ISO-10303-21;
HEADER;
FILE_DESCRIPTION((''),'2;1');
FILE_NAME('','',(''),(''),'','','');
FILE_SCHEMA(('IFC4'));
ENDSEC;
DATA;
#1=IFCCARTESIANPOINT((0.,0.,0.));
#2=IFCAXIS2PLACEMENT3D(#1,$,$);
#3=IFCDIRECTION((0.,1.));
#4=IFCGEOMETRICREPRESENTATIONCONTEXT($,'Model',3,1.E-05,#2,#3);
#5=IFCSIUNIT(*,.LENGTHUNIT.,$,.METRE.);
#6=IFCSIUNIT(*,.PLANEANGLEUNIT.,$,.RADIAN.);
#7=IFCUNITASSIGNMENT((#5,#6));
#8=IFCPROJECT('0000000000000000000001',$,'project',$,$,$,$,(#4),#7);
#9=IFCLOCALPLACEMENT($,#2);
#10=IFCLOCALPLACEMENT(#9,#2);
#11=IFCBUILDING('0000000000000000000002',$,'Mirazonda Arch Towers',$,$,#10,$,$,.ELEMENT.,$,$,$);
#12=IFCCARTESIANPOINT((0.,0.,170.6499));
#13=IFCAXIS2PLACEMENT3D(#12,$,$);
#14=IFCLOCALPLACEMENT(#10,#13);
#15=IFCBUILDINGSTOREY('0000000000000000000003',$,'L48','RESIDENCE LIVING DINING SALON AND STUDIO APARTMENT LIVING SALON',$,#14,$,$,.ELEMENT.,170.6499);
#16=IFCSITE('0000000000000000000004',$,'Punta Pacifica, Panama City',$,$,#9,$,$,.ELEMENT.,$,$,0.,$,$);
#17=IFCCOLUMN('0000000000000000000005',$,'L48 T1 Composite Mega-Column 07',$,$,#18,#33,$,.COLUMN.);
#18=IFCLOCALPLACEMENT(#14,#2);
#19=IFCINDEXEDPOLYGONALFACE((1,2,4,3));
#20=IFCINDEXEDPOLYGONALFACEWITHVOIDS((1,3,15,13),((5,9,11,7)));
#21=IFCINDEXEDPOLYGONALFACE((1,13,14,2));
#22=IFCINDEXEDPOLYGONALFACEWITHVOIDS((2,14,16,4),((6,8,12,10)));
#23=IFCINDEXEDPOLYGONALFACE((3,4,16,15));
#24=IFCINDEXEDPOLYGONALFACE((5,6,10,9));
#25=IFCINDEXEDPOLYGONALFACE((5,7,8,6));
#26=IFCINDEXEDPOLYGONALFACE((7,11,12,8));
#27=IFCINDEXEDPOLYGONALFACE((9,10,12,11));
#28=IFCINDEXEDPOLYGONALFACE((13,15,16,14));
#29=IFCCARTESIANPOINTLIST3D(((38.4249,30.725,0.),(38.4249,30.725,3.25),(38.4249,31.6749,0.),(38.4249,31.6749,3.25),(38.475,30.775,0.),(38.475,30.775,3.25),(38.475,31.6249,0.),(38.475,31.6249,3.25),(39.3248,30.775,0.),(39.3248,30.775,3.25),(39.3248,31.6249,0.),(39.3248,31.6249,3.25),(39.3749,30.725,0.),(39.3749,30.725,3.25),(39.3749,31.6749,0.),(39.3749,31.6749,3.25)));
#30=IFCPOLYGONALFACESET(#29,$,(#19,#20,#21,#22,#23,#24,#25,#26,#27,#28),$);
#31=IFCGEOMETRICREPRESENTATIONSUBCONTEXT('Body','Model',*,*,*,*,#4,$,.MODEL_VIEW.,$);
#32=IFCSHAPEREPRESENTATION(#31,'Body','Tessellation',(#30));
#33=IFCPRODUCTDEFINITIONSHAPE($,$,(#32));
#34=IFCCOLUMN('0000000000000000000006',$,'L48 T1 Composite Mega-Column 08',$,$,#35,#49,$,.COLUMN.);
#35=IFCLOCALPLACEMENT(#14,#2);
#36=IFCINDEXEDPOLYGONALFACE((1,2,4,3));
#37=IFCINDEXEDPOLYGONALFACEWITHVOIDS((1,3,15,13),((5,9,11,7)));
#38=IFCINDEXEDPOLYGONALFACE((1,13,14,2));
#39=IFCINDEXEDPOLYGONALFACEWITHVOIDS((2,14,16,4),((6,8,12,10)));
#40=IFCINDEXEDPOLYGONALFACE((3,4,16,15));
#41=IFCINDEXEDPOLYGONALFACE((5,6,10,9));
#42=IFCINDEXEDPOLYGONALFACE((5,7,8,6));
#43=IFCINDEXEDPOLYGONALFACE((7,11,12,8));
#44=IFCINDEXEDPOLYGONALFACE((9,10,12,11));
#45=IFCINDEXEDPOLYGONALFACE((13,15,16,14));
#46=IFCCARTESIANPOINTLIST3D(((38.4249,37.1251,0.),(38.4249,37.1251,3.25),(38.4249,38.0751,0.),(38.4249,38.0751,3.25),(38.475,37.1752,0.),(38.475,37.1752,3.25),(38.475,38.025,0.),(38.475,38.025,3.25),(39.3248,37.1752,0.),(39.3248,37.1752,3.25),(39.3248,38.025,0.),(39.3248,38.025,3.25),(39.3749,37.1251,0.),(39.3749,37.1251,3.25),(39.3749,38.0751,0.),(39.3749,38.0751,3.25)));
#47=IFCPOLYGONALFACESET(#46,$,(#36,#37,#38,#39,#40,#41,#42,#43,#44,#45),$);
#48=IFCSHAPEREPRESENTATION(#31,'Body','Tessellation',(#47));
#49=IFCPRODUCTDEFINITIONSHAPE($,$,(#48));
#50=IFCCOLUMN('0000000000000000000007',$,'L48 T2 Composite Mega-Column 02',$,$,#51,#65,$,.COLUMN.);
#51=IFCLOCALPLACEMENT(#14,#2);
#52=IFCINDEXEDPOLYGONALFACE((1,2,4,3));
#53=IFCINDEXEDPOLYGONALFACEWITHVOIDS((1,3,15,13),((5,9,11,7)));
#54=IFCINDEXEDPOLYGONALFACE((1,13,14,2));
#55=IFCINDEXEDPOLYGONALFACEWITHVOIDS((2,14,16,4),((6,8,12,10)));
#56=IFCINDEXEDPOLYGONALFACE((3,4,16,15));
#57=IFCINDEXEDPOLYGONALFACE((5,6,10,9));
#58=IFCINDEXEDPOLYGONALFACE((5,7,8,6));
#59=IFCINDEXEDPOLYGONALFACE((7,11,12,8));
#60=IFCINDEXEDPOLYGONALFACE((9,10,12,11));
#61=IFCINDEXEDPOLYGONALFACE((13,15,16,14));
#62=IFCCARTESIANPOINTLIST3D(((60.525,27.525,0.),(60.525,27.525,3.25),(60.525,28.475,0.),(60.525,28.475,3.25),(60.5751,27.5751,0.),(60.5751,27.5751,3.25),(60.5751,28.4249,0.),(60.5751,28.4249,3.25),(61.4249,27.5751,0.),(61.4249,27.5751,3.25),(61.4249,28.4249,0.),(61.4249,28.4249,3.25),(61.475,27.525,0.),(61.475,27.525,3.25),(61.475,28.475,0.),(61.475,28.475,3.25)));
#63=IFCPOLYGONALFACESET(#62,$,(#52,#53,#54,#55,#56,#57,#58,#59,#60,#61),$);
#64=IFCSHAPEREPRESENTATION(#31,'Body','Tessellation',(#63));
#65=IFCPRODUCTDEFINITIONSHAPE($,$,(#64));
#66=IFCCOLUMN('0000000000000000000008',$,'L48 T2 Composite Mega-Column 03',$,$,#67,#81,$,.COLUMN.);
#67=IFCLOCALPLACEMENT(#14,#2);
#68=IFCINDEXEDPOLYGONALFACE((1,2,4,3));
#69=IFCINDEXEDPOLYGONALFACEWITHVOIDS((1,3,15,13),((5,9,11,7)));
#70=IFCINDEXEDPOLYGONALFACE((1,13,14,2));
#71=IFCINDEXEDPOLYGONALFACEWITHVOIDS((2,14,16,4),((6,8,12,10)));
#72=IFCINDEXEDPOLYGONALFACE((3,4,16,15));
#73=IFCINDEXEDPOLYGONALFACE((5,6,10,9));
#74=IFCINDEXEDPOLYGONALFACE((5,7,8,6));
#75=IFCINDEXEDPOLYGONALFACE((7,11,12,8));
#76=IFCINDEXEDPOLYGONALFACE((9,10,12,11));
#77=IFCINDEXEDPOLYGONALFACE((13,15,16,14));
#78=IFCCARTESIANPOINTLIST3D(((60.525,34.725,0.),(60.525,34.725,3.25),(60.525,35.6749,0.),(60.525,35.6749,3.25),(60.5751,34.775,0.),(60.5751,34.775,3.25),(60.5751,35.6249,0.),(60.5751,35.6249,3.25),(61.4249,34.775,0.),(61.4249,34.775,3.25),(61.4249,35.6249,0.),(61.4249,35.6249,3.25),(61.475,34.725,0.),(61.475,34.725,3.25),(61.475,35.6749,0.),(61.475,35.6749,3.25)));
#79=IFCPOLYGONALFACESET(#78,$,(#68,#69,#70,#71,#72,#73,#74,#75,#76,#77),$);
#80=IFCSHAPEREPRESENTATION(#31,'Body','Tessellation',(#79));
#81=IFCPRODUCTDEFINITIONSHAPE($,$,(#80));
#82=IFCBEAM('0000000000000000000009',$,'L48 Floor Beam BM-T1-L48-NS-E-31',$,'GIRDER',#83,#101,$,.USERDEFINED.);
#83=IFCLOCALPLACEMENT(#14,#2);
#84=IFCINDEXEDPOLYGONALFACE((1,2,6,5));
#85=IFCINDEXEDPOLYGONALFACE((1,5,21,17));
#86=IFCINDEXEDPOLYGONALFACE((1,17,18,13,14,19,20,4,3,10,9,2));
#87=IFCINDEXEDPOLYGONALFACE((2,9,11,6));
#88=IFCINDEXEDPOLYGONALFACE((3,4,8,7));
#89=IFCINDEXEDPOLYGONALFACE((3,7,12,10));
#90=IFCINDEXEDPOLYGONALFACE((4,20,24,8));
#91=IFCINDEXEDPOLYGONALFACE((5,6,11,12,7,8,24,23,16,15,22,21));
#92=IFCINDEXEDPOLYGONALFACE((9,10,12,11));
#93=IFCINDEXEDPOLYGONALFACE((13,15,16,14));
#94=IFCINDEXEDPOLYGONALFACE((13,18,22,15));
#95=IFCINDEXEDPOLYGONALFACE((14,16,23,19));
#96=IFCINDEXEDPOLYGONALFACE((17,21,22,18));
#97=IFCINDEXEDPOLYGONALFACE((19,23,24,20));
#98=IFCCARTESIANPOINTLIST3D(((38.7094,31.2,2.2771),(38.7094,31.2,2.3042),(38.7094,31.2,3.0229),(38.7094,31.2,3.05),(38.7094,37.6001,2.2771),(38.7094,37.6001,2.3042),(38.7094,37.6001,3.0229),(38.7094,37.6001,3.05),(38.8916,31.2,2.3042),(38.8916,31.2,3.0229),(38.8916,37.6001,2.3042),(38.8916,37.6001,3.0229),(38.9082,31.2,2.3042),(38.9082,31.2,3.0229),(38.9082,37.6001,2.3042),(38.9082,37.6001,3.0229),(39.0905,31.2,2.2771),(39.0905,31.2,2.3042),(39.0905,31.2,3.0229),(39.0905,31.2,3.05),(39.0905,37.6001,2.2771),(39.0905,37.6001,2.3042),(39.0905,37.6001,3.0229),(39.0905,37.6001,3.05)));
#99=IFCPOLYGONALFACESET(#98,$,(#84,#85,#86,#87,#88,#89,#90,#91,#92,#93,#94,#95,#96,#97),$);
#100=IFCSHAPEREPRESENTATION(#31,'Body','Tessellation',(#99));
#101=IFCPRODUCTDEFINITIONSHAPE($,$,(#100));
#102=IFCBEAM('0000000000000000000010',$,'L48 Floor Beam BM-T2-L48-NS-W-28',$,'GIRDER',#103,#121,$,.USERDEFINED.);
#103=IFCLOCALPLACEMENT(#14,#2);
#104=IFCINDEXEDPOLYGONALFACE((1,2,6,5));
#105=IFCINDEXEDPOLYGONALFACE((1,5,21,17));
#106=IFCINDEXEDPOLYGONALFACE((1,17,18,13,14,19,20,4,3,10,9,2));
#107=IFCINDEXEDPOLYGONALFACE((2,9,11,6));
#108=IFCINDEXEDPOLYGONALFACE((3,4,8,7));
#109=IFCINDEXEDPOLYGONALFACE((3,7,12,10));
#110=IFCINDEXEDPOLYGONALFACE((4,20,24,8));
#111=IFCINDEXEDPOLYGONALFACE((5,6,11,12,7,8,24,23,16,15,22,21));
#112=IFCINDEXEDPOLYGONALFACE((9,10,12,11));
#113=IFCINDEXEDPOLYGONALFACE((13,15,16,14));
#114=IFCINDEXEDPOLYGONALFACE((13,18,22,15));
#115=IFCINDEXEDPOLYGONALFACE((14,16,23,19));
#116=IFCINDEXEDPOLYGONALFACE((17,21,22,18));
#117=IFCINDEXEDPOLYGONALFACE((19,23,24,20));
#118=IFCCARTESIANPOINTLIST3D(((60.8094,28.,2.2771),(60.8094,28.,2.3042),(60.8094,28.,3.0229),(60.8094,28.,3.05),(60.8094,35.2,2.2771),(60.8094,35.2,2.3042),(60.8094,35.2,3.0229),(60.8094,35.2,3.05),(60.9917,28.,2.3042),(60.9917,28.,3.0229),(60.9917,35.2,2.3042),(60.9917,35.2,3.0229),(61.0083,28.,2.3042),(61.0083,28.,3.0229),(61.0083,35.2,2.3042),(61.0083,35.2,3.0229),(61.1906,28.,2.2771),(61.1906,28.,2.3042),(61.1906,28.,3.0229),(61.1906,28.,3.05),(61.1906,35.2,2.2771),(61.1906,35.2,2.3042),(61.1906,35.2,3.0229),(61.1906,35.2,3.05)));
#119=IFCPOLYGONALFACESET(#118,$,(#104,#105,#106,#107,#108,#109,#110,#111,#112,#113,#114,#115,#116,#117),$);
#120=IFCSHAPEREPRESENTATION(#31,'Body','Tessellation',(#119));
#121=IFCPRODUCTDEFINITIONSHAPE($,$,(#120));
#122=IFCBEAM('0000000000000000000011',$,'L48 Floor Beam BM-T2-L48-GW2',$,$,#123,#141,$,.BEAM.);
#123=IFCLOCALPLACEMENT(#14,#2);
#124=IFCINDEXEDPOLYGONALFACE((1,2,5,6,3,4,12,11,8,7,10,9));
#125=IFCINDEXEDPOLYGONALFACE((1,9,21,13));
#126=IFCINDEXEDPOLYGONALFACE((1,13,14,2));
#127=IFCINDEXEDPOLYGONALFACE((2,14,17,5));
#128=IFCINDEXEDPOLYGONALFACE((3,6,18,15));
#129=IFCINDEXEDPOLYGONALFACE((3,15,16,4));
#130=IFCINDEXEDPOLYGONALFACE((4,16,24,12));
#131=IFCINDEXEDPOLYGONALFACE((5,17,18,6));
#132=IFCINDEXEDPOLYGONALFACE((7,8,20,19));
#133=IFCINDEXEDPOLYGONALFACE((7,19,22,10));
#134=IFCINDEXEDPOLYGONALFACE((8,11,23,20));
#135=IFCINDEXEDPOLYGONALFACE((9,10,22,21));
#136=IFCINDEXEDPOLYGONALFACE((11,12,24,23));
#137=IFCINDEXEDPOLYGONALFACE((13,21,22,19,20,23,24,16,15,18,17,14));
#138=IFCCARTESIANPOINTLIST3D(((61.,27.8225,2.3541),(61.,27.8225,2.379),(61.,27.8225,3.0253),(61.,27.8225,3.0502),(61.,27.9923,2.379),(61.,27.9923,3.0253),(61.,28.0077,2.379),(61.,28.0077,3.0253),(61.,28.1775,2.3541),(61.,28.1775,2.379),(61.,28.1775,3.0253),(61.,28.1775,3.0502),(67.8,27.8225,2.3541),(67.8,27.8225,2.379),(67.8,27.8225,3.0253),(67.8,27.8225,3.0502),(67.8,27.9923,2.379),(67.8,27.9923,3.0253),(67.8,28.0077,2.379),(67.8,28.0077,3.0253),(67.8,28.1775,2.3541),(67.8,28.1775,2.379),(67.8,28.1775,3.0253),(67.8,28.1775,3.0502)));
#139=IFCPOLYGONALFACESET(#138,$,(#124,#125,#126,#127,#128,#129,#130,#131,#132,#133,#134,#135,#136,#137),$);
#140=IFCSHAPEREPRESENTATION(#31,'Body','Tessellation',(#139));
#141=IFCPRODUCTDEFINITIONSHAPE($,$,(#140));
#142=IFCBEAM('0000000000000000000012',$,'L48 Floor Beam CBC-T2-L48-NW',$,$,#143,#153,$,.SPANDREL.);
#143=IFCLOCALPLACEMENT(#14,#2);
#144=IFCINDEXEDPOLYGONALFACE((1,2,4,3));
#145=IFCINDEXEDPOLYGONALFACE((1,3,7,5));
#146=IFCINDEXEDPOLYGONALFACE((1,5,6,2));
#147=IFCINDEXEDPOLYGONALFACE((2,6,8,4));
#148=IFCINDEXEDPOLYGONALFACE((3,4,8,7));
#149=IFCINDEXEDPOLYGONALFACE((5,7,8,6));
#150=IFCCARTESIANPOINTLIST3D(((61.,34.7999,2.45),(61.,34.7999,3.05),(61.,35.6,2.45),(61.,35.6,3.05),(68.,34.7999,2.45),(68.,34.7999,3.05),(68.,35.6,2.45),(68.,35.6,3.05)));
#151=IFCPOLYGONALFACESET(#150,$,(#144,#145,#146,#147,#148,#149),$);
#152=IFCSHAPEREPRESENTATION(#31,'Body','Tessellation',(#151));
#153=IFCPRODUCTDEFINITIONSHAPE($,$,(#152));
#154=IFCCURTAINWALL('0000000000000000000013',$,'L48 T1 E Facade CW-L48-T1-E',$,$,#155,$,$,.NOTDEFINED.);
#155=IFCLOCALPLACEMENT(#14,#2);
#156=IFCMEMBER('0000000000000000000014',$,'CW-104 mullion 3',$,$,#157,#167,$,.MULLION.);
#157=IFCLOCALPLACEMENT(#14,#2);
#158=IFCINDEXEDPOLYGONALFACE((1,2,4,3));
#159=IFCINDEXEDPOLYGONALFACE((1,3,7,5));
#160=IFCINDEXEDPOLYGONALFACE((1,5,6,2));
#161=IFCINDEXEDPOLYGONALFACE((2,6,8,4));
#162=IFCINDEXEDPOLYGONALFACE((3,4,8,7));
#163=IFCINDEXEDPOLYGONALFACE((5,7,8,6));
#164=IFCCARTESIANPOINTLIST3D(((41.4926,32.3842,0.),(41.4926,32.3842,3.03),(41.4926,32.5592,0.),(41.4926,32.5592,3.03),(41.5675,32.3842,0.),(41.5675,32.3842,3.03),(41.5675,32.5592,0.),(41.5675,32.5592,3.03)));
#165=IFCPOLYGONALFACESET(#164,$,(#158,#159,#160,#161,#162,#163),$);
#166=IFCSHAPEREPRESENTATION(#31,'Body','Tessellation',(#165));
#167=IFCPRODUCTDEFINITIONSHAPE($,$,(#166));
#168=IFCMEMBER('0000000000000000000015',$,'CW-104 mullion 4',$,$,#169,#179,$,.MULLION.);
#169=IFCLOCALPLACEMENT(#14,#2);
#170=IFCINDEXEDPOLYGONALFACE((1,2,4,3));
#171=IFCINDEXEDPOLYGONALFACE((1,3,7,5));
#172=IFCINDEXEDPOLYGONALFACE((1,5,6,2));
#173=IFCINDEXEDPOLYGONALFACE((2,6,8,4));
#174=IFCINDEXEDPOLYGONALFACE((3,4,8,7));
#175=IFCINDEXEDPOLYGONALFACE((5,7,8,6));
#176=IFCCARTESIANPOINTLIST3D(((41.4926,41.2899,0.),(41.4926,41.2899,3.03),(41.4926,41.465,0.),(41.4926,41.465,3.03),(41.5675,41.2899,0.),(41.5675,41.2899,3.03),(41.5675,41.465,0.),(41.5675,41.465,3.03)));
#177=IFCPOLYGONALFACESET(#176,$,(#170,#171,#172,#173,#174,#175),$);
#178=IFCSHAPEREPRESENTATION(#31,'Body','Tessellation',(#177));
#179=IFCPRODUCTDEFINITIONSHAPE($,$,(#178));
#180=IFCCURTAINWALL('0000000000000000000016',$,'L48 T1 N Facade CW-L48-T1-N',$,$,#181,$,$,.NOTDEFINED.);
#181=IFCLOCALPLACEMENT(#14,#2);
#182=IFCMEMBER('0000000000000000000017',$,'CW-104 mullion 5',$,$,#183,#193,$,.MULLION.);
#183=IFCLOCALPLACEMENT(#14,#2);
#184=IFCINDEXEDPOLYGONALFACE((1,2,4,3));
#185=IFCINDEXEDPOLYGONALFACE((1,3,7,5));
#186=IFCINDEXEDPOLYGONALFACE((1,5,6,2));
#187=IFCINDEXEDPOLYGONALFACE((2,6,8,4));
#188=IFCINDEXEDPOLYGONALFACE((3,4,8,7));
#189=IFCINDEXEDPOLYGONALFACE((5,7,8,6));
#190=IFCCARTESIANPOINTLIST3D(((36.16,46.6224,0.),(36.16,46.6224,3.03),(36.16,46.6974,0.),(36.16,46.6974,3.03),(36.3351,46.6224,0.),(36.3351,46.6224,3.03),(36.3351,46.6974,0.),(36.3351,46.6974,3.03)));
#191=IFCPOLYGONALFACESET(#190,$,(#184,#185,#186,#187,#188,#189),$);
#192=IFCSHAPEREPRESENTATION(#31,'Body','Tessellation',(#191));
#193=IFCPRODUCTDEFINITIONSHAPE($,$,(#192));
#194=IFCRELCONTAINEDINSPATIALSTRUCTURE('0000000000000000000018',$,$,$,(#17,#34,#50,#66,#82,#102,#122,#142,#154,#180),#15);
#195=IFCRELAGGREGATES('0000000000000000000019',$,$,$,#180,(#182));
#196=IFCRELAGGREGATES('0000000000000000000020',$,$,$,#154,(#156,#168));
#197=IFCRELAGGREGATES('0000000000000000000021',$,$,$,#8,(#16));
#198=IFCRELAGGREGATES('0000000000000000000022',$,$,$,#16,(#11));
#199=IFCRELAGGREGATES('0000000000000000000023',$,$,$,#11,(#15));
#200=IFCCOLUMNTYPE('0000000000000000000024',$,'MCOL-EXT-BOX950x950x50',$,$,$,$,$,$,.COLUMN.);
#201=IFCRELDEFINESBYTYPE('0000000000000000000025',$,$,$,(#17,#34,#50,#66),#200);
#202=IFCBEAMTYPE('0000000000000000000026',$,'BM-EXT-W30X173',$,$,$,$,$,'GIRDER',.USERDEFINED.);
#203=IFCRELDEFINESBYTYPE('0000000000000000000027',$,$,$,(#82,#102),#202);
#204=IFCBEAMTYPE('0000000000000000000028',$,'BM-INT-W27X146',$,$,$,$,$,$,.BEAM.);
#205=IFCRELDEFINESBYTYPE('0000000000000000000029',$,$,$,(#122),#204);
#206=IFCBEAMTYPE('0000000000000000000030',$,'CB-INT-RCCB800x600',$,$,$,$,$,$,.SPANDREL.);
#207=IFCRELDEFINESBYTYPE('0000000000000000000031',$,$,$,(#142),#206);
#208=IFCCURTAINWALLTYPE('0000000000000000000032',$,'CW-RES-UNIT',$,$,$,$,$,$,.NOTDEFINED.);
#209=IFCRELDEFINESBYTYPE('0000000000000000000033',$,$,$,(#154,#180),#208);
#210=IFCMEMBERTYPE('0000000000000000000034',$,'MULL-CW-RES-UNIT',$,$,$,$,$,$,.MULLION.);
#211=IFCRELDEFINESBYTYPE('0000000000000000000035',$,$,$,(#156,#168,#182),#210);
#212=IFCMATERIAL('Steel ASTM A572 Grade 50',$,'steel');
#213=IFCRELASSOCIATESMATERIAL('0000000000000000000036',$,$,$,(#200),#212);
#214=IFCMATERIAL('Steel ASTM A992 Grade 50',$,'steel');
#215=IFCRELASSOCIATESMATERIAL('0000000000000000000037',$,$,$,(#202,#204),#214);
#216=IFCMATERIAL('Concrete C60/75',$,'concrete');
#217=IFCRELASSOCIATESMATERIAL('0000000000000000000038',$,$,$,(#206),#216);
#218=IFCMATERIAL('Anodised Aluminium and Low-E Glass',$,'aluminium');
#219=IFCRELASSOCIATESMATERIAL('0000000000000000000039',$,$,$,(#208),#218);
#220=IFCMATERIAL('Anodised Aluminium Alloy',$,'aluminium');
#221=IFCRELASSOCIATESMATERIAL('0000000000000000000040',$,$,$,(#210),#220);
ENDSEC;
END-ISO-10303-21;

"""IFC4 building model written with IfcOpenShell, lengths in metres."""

from ifc_helpers import new_model, si_unit, direction, frame, origin, origin_2d, place, context, subcontext, project, spatial, rectangle, hollow_rectangle, i_section, extrude, material, material_profile, profile_set, type_object, element, aggregate, save


model = new_model("IFC4")

# Units and contexts
model_context = context("Model", 3, precision=1e-05, world=origin(), true_north=direction((0.0, 1.0)))
body_context = subcontext(model_context, "Body", "Model", "MODEL_VIEW")
ifc_project = project(units=[si_unit("LENGTHUNIT", "METRE"), si_unit("PLANEANGLEUNIT", "RADIAN")], contexts=[model_context])

# Site, building, storey
site_placement = place(None, origin())
site = spatial("IfcSite", under=ifc_project, at=site_placement, Name="Punta Pacifica, Panama City", CompositionType="ELEMENT", RefElevation=0.0)
building_placement = place(site_placement, origin())
building = spatial("IfcBuilding", under=site, at=building_placement, Name="Mirazonda Arch Towers", CompositionType="ELEMENT")
storey_placement = place(building_placement, frame((0.0, 0.0, 170.6499)))
storey = spatial("IfcBuildingStorey", under=building, at=storey_placement, Name="L48", Description="RESIDENCE LIVING DINING SALON AND STUDIO APARTMENT LIVING SALON", CompositionType="ELEMENT", Elevation=170.6499)

# Columns
ifc_material_1 = material(Name="Steel ASTM A572 Grade 50", Category="steel")
ifc_material_profile_1 = material_profile(ifc_material_1, hollow_rectangle(XDim=0.95, YDim=0.95, WallThickness=0.05, at=origin_2d()), Name="BOX950x950x50")
ifc_profile_set_1 = profile_set([ifc_material_profile_1], Name="Steel ASTM A572 Grade 50")
column_type = type_object("IfcColumnType", Name="MCOL-EXT-BOX950x950x50", PredefinedType="COLUMN", material=ifc_profile_set_1)
for number, where, z_axis, x_axis, name in (
    (1, (38.8999, 31.2, 0.0), (0.0, 0.0, 1.0), (1.0, 0.0, 0.0), "L48 T1 Composite Mega-Column 07"),
    (2, (38.8999, 37.6001, 0.0), (0.0, 0.0, 1.0), (1.0, 0.0, 0.0), "L48 T1 Composite Mega-Column 08"),
    (3, (61.0, 28.0, 0.0), (0.0, 0.0, 1.0), (1.0, 0.0, 0.0), "L48 T2 Composite Mega-Column 02"),
    (4, (61.0, 35.2, 0.0), (0.0, 0.0, 1.0), (1.0, 0.0, 0.0), "L48 T2 Composite Mega-Column 03"),
):
    element("IfcColumn", number, at=place(storey_placement, frame(where, z_axis=z_axis, x_axis=x_axis)), inside=storey, type_object=column_type, Name=name, PredefinedType="COLUMN", context=body_context, shape_type="SweptSolid", body=[
        extrude(hollow_rectangle(XDim=0.95, YDim=0.95, WallThickness=0.05, at=origin_2d()), origin(), (0.0, 0.0, 1.0), 3.25),
    ])

# Beams
ifc_material_2 = material(Name="Steel ASTM A992 Grade 50", Category="steel")
ifc_material_profile_2 = material_profile(ifc_material_2, i_section(OverallWidth=0.3811, OverallDepth=0.7729, WebThickness=0.0166, FlangeThickness=0.0271, at=origin_2d()), Name="W30X173")
ifc_profile_set_2 = profile_set([ifc_material_profile_2], Name="Steel ASTM A992 Grade 50")
beam_type_1 = type_object("IfcBeamType", Name="BM-EXT-W30X173", ElementType="GIRDER", PredefinedType="USERDEFINED", material=ifc_profile_set_2)
beam_1_placement = place(storey_placement, frame((38.8999, 31.2, 2.6636), z_axis=(0.0, 1.0, 0.0), x_axis=(-1.0, 0.0, 0.0)))
element("IfcBeam", 5, at=beam_1_placement, inside=storey, type_object=beam_type_1, Name="L48 Floor Beam BM-T1-L48-NS-E-31", ObjectType="GIRDER", PredefinedType="USERDEFINED", context=body_context, shape_type="SweptSolid", body=[
    extrude(i_section(OverallWidth=0.3811, OverallDepth=0.7729, WebThickness=0.0166, FlangeThickness=0.0271, at=origin_2d()), origin(), (0.0, 0.0, 1.0), 6.4001),
])
beam_2_placement = place(storey_placement, frame((61.0, 28.0, 2.6636), z_axis=(0.0, 1.0, 0.0), x_axis=(-1.0, 0.0, 0.0)))
element("IfcBeam", 6, at=beam_2_placement, inside=storey, type_object=beam_type_1, Name="L48 Floor Beam BM-T2-L48-NS-W-28", ObjectType="GIRDER", PredefinedType="USERDEFINED", context=body_context, shape_type="SweptSolid", body=[
    extrude(i_section(OverallWidth=0.3811, OverallDepth=0.7729, WebThickness=0.0166, FlangeThickness=0.0271, at=origin_2d()), origin(), (0.0, 0.0, 1.0), 7.2),
])
ifc_material_profile_3 = material_profile(ifc_material_2, i_section(OverallWidth=0.355, OverallDepth=0.696, WebThickness=0.0154, FlangeThickness=0.0249, at=origin_2d()), Name="W27X146")
ifc_profile_set_3 = profile_set([ifc_material_profile_3], Name="Steel ASTM A992 Grade 50")
beam_type_2 = type_object("IfcBeamType", Name="BM-INT-W27X146", PredefinedType="BEAM", material=ifc_profile_set_3)
beam_3_placement = place(storey_placement, frame((61.0, 28.0, 2.7021), z_axis=(1.0, 0.0, 0.0), x_axis=(0.0, 1.0, 0.0)))
element("IfcBeam", 7, at=beam_3_placement, inside=storey, type_object=beam_type_2, Name="L48 Floor Beam BM-T2-L48-GW2", PredefinedType="BEAM", context=body_context, shape_type="SweptSolid", body=[
    extrude(i_section(OverallWidth=0.355, OverallDepth=0.696, WebThickness=0.0154, FlangeThickness=0.0249, at=origin_2d()), origin(), (0.0, 0.0, 1.0), 6.8),
])
ifc_material_3 = material(Name="Concrete C60/75", Category="concrete")
ifc_material_profile_4 = material_profile(ifc_material_3, rectangle(XDim=0.8, YDim=0.6001, at=origin_2d()), Name="RCCB800x600")
ifc_profile_set_4 = profile_set([ifc_material_profile_4], Name="Concrete C60/75")
beam_type_3 = type_object("IfcBeamType", Name="CB-INT-RCCB800x600", PredefinedType="SPANDREL", material=ifc_profile_set_4)
beam_4_placement = place(storey_placement, frame((61.0, 35.2, 2.75), z_axis=(1.0, 0.0, 0.0), x_axis=(0.0, 1.0, 0.0)))
element("IfcBeam", 8, at=beam_4_placement, inside=storey, type_object=beam_type_3, Name="L48 Floor Beam CBC-T2-L48-NW", PredefinedType="SPANDREL", context=body_context, shape_type="SweptSolid", body=[
    extrude(rectangle(XDim=0.8, YDim=0.6001, at=origin_2d()), origin(), (0.0, 0.0, 1.0), 7.0),
])

# Curtain wall, members
ifc_material_4 = material(Name="Anodised Aluminium and Low-E Glass", Category="aluminium")
curtain_wall_type = type_object("IfcCurtainWallType", Name="CW-RES-UNIT", PredefinedType="NOTDEFINED", material=ifc_material_4)
curtain_wall_1_placement = place(storey_placement, origin())
curtain_wall_1 = element("IfcCurtainWall", 9, at=curtain_wall_1_placement, inside=storey, type_object=curtain_wall_type, Name="L48 T1 E Facade CW-L48-T1-E", PredefinedType="NOTDEFINED")
ifc_material_5 = material(Name="Anodised Aluminium Alloy", Category="aluminium")
ifc_material_profile_5 = material_profile(ifc_material_5, rectangle(XDim=0.075, YDim=0.175, at=origin_2d()), Name="ALU-MULL-75x175")
ifc_profile_set_5 = profile_set([ifc_material_profile_5], Name="Anodised Aluminium Alloy")
member_type_1 = type_object("IfcMemberType", Name="MULL-CW-RES-UNIT", PredefinedType="MULLION", material=ifc_profile_set_5)
member_1_placement = place(storey_placement, frame((41.53, 32.4717, 0.0), z_axis=(0.0, 0.0, 1.0), x_axis=(-1.0, 0.0, 0.0)))
member_1 = element("IfcMember", 10, at=member_1_placement, type_object=member_type_1, Name="CW-104 mullion 3", PredefinedType="MULLION", context=body_context, shape_type="SweptSolid", body=[
    extrude(rectangle(XDim=0.075, YDim=0.175, at=origin_2d()), origin(), (0.0, 0.0, 1.0), 3.03),
])
member_2_placement = place(storey_placement, frame((41.53, 41.3774, 0.0), z_axis=(0.0, 0.0, 1.0), x_axis=(-1.0, 0.0, 0.0)))
member_2 = element("IfcMember", 11, at=member_2_placement, type_object=member_type_1, Name="CW-104 mullion 4", PredefinedType="MULLION", context=body_context, shape_type="SweptSolid", body=[
    extrude(rectangle(XDim=0.075, YDim=0.175, at=origin_2d()), origin(), (0.0, 0.0, 1.0), 3.03),
])

# Curtain wall, member
curtain_wall_2_placement = place(storey_placement, origin())
curtain_wall_2 = element("IfcCurtainWall", 12, at=curtain_wall_2_placement, inside=storey, type_object=curtain_wall_type, Name="L48 T1 N Facade CW-L48-T1-N", PredefinedType="NOTDEFINED")
member_3_placement = place(storey_placement, frame((36.2476, 46.6599, 0.0), z_axis=(0.0, 0.0, 1.0), x_axis=(0.0, 1.0, 0.0)))
member_3 = element("IfcMember", 13, at=member_3_placement, type_object=member_type_1, Name="CW-104 mullion 5", PredefinedType="MULLION", context=body_context, shape_type="SweptSolid", body=[
    extrude(rectangle(XDim=0.075, YDim=0.175, at=origin_2d()), origin(), (0.0, 0.0, 1.0), 3.03),
])
aggregate(curtain_wall_2, [member_3])

aggregate(curtain_wall_1, [member_1, member_2])

save(model, "model.ifc")
